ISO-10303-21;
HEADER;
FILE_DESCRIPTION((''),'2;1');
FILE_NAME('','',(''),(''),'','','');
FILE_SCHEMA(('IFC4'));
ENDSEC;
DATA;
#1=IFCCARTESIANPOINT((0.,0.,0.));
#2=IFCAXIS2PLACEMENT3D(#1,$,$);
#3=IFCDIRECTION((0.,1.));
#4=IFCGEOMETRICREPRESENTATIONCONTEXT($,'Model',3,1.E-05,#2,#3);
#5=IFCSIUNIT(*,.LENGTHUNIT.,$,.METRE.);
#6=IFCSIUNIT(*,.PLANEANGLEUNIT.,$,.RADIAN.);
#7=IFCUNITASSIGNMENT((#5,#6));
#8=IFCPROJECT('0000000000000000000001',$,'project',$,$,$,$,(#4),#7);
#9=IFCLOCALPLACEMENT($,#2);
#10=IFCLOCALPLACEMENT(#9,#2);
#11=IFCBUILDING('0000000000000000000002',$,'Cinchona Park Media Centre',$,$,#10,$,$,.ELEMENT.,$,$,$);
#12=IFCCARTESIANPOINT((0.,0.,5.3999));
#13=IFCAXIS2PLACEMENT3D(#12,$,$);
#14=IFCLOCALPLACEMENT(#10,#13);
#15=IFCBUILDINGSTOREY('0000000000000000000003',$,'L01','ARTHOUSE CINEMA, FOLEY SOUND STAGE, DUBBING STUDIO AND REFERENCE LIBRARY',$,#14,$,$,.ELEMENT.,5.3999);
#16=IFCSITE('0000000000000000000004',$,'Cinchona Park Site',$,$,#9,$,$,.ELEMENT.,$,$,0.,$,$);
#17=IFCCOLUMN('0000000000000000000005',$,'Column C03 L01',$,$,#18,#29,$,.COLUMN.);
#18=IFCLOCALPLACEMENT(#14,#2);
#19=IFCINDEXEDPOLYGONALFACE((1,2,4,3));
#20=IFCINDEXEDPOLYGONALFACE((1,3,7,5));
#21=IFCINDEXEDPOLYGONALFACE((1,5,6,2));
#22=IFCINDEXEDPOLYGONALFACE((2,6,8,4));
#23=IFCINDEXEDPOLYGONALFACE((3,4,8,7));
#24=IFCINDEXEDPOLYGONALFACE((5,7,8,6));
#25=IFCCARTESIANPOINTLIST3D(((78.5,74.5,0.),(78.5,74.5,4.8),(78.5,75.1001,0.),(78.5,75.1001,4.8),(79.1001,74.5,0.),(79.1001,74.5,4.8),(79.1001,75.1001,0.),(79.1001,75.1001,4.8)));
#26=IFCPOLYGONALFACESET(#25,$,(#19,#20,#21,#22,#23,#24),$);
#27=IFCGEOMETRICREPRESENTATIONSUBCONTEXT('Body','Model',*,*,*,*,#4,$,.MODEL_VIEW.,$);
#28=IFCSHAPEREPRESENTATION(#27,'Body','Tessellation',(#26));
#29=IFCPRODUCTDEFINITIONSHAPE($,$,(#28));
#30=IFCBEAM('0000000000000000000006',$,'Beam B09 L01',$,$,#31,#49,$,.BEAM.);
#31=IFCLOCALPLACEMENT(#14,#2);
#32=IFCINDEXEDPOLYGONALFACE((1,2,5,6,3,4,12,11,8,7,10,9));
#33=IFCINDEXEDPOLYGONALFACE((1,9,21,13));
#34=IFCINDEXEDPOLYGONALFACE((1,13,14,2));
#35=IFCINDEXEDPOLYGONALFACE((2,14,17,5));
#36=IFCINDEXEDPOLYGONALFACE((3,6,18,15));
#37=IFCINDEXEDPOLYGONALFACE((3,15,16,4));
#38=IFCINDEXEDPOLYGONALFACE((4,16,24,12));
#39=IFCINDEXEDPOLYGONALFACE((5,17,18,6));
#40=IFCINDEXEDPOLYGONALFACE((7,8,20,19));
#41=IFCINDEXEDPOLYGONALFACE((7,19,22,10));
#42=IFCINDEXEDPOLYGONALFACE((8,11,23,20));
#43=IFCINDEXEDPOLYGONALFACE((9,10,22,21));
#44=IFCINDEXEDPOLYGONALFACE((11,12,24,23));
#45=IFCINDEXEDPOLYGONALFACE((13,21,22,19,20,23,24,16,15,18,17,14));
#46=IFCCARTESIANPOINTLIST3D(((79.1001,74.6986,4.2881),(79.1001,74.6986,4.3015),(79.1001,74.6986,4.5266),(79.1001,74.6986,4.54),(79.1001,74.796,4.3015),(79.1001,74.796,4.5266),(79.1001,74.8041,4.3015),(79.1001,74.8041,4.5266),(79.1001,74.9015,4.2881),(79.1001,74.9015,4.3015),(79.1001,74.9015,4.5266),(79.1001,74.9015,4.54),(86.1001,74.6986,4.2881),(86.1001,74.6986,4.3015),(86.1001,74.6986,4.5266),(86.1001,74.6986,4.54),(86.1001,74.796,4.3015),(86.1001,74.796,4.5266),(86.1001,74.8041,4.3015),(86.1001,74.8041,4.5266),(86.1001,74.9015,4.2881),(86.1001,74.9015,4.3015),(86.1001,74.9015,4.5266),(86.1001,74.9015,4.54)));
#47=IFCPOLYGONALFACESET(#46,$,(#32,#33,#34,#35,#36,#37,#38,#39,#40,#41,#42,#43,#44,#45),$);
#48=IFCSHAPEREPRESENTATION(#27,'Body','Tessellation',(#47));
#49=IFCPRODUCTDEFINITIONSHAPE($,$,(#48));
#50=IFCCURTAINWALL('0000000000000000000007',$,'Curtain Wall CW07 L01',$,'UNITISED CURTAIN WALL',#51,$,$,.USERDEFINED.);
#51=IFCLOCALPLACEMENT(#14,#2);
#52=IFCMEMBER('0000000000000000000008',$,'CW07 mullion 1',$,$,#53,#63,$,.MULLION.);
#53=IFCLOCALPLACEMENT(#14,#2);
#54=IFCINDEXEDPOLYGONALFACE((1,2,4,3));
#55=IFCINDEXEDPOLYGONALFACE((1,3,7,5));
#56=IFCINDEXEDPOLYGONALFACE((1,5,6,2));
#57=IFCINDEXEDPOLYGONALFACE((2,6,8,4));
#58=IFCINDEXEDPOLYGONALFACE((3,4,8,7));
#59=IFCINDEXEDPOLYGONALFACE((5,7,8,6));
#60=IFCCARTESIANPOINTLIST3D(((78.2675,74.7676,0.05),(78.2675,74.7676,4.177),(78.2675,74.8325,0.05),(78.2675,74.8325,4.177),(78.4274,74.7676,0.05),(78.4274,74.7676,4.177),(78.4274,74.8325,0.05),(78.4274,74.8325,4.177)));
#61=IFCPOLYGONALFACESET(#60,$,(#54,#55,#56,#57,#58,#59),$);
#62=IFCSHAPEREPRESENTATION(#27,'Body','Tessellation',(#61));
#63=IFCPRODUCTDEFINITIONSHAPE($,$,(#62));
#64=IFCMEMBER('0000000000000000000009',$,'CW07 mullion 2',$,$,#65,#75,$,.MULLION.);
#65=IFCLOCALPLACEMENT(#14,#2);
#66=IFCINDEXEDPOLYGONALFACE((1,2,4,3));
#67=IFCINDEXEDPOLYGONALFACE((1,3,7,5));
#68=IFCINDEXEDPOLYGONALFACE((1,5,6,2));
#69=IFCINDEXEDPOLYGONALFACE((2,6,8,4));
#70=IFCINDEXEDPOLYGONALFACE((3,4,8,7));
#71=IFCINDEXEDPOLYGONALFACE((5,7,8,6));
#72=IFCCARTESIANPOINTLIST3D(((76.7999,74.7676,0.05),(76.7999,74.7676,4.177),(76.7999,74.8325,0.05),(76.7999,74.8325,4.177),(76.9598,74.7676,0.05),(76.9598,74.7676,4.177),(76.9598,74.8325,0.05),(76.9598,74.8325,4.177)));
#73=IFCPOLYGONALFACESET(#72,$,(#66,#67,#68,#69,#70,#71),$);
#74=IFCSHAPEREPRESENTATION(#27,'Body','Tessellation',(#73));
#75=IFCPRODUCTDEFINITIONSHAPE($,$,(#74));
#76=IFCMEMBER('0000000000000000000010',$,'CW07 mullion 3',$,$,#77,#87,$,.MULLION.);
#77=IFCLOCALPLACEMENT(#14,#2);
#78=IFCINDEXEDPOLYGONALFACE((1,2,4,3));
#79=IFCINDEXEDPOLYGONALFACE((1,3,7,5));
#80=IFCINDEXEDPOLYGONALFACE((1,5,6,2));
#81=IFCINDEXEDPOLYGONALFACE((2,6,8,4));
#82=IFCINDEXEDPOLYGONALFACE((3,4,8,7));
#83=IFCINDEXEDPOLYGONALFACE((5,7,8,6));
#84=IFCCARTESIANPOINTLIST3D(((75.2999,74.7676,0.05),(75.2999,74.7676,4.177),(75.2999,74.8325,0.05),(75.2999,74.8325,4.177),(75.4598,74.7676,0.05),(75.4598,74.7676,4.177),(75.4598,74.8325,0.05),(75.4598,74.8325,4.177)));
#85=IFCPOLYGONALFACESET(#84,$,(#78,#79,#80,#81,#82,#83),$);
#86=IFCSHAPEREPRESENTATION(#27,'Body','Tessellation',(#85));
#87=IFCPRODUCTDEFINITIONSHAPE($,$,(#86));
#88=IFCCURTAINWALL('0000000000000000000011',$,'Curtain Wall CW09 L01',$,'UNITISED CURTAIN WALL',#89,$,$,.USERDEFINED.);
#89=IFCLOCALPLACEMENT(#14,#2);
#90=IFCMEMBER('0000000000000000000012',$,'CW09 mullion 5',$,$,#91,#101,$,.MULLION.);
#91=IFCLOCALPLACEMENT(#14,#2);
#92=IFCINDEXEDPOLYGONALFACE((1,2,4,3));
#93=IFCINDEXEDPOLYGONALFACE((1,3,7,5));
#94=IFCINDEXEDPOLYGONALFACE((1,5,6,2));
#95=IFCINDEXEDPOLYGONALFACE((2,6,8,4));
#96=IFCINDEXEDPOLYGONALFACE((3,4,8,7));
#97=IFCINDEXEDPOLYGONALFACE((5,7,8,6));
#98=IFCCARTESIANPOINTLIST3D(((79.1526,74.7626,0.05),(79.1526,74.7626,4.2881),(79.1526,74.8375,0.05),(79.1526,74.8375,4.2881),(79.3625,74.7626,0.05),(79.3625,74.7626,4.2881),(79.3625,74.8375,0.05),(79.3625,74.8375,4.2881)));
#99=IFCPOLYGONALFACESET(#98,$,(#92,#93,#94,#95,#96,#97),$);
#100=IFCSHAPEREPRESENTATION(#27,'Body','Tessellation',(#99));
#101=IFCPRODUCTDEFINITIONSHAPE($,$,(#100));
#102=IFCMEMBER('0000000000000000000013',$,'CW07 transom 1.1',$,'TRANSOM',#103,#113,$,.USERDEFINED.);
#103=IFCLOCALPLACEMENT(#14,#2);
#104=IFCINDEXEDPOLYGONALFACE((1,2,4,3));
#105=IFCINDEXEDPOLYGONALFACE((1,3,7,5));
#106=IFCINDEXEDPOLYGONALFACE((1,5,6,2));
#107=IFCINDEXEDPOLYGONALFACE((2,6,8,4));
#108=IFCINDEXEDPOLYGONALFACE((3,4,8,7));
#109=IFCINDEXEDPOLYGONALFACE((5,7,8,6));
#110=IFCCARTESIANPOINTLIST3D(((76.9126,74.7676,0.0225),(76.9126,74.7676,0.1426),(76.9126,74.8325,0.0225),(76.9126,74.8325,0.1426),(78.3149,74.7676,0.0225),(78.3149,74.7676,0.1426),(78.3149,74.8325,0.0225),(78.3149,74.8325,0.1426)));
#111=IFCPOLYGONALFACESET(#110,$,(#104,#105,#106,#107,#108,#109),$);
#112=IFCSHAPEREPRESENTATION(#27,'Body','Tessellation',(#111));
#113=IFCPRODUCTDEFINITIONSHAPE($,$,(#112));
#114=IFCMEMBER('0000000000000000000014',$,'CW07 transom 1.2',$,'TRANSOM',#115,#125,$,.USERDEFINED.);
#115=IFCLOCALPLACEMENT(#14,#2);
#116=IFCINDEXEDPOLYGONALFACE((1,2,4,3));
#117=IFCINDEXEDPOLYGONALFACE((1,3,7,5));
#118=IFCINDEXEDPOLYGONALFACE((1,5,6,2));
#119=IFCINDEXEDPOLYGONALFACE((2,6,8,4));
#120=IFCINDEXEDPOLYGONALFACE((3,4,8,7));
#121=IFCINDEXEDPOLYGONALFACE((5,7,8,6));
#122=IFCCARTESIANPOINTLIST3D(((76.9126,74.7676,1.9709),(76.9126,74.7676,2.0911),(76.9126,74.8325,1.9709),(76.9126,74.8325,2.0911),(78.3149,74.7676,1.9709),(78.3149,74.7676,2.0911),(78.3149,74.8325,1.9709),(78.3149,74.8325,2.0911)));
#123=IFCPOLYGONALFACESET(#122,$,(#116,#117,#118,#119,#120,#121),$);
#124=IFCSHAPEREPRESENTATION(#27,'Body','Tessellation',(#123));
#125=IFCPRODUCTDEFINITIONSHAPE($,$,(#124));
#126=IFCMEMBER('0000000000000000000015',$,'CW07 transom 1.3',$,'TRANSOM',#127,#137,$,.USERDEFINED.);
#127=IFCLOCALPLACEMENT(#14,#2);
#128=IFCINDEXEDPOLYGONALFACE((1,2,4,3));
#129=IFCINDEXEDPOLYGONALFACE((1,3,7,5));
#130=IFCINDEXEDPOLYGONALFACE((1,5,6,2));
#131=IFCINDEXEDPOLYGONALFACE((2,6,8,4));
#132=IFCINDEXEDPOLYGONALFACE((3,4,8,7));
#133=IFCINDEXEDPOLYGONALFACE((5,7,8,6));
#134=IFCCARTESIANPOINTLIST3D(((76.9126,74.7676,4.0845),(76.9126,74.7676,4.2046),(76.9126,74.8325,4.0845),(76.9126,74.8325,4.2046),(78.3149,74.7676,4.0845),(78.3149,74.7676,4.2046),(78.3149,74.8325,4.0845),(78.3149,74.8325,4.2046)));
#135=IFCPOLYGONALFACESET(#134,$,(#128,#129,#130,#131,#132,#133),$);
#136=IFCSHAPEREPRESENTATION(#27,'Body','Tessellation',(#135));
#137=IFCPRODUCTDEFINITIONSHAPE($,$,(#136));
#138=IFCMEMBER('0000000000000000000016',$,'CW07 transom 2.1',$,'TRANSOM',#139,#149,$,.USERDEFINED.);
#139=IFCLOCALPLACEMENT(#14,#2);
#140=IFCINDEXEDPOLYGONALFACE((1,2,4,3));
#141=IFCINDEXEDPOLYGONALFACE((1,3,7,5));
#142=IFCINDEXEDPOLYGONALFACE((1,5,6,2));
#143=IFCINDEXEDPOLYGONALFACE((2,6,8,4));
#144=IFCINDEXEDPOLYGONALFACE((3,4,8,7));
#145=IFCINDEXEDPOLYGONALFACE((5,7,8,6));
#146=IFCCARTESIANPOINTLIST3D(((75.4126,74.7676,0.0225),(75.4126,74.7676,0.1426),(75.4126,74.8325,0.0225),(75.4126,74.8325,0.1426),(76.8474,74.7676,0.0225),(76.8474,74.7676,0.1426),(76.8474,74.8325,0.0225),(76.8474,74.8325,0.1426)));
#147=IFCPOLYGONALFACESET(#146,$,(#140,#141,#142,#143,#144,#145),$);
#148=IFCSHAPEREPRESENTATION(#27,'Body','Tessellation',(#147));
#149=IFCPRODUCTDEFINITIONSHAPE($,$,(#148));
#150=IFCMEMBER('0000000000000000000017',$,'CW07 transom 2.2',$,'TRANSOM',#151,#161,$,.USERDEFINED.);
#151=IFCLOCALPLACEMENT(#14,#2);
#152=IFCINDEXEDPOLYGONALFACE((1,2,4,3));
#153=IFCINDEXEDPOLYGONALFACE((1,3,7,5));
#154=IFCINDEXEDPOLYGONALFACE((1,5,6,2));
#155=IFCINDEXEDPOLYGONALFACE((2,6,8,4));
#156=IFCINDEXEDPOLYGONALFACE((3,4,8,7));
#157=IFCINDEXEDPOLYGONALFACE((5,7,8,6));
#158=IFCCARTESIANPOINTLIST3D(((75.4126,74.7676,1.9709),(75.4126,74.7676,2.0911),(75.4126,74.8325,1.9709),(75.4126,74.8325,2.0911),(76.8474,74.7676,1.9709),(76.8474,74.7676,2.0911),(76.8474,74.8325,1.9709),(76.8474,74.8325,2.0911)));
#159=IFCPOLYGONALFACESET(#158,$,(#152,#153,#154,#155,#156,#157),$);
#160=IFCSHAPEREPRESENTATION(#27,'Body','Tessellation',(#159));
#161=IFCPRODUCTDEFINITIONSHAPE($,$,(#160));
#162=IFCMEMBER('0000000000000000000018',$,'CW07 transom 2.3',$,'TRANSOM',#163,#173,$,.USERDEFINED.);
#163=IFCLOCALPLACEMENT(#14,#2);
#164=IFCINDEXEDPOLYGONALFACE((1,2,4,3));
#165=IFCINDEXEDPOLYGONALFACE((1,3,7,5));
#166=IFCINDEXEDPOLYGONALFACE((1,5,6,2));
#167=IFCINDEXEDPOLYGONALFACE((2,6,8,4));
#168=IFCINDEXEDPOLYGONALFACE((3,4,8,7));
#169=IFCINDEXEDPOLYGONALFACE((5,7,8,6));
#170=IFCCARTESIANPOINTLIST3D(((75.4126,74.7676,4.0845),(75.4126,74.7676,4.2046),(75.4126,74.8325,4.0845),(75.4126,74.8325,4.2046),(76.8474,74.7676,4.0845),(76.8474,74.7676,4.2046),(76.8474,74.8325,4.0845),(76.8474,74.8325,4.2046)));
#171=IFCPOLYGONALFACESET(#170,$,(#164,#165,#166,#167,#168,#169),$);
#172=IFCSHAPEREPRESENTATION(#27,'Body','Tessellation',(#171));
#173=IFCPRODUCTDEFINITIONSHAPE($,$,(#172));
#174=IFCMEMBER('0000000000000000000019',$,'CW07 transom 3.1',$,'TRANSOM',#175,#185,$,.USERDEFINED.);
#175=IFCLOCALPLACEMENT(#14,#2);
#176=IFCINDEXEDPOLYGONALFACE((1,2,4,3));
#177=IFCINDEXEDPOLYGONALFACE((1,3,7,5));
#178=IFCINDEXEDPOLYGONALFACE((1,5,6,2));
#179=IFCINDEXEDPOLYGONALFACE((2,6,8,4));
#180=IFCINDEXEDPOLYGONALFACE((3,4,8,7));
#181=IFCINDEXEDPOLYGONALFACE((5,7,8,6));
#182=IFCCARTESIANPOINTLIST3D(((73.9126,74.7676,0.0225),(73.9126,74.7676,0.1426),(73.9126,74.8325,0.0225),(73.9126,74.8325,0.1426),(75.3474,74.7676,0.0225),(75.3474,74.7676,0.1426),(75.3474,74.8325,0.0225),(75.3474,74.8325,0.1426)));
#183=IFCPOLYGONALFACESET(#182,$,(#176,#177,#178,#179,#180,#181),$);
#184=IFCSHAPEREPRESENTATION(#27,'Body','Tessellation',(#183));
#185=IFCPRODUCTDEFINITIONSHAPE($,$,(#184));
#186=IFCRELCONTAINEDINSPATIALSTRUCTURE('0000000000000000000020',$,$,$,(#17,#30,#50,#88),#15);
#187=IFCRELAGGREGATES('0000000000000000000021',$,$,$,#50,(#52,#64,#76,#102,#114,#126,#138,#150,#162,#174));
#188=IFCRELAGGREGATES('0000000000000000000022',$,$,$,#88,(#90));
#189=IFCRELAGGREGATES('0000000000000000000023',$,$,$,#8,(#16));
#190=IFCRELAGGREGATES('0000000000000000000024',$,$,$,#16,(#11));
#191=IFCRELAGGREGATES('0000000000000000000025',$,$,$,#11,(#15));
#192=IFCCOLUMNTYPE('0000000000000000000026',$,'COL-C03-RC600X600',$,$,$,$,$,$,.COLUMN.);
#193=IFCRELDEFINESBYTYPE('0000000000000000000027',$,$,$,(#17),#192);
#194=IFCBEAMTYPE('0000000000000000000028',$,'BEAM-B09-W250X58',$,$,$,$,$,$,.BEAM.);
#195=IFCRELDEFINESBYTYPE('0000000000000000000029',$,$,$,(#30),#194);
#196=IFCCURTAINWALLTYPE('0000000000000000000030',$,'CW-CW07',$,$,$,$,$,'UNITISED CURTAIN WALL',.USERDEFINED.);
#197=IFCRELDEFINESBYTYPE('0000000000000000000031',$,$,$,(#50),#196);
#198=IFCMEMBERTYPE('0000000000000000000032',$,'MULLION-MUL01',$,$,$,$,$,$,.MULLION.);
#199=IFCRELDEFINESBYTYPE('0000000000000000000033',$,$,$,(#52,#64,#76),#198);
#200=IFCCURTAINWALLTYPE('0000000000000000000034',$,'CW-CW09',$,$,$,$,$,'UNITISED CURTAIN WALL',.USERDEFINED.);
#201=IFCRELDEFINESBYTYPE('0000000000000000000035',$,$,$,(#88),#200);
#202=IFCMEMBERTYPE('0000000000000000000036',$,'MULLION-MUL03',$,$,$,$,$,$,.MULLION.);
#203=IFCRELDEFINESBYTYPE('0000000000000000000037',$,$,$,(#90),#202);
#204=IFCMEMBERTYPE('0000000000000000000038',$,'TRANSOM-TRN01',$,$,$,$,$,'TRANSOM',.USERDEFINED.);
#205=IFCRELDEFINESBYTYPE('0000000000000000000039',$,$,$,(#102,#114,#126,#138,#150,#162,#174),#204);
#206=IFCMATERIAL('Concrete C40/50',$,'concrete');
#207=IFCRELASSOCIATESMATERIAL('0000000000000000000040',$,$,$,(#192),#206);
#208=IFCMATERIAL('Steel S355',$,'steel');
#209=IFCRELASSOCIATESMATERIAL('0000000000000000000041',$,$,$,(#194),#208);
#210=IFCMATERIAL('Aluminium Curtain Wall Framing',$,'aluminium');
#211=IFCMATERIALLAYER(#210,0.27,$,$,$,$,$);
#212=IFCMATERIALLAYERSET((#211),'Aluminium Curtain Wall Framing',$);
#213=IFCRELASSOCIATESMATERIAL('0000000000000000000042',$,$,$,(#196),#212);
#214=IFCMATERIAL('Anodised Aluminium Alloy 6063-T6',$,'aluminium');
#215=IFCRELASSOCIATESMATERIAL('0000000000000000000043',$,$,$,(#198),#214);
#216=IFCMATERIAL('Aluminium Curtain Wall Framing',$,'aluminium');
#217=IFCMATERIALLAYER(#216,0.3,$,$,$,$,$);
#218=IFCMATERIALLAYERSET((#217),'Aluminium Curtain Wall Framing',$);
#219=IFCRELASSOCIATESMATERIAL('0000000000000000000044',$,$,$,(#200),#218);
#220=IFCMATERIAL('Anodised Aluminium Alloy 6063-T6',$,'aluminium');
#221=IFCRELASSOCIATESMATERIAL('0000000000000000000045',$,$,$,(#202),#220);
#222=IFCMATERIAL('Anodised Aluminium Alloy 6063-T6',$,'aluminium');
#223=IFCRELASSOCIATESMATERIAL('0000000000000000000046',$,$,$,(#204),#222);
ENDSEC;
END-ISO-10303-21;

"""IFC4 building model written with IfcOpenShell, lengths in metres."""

from ifc_helpers import new_model, si_unit, direction, frame, origin, origin_2d, place, context, subcontext, project, spatial, rectangle, i_section, extrude, material, layer, layer_set, material_profile, profile_set, type_object, element, aggregate, save


model = new_model("IFC4")

# Units and contexts
model_context = context("Model", 3, precision=1e-05, world=origin(), true_north=direction((0.0, 1.0)))
body_context = subcontext(model_context, "Body", "Model", "MODEL_VIEW")
ifc_project = project(units=[si_unit("LENGTHUNIT", "METRE"), si_unit("PLANEANGLEUNIT", "RADIAN")], contexts=[model_context])

# Site, building, storey
site_placement = place(None, origin())
site = spatial("IfcSite", under=ifc_project, at=site_placement, Name="Cinchona Park Site", CompositionType="ELEMENT", RefElevation=0.0)
building_placement = place(site_placement, origin())
building = spatial("IfcBuilding", under=site, at=building_placement, Name="Cinchona Park Media Centre", CompositionType="ELEMENT")
storey_placement = place(building_placement, frame((0.0, 0.0, 5.3999)))
storey = spatial("IfcBuildingStorey", under=building, at=storey_placement, Name="L01", Description="ARTHOUSE CINEMA, FOLEY SOUND STAGE, DUBBING STUDIO AND REFERENCE LIBRARY", CompositionType="ELEMENT", Elevation=5.3999)

# Column
ifc_material_1 = material(Name="Concrete C40/50", Category="concrete")
ifc_material_profile_1 = material_profile(ifc_material_1, rectangle(XDim=0.6001, YDim=0.6001, at=origin_2d()), Name="RC 600X600")
ifc_profile_set_1 = profile_set([ifc_material_profile_1], Name="Concrete C40/50")
column_type = type_object("IfcColumnType", Name="COL-C03-RC600X600", PredefinedType="COLUMN", material=ifc_profile_set_1)
column_placement = place(storey_placement, frame((78.8, 74.8, 0.0), z_axis=(0.0, 0.0, 1.0), x_axis=(1.0, 0.0, 0.0)))
element("IfcColumn", 1, at=column_placement, inside=storey, type_object=column_type, Name="Column C03 L01", PredefinedType="COLUMN", context=body_context, shape_type="SweptSolid", body=[
    extrude(rectangle(XDim=0.6001, YDim=0.6001, at=origin_2d()), origin(), (0.0, 0.0, 1.0), 4.8),
])

# Beam
ifc_material_2 = material(Name="Steel S355", Category="steel")
ifc_material_profile_2 = material_profile(ifc_material_2, i_section(OverallWidth=0.2029, OverallDepth=0.252, WebThickness=0.0081, FlangeThickness=0.0134, at=origin_2d()), Name="W250X58")
ifc_profile_set_2 = profile_set([ifc_material_profile_2], Name="Steel S355")
beam_type = type_object("IfcBeamType", Name="BEAM-B09-W250X58", PredefinedType="BEAM", material=ifc_profile_set_2)
beam_placement = place(storey_placement, frame((79.1001, 74.8, 4.4141), z_axis=(1.0, 0.0, 0.0), x_axis=(0.0, 1.0, 0.0)))
element("IfcBeam", 2, at=beam_placement, inside=storey, type_object=beam_type, Name="Beam B09 L01", PredefinedType="BEAM", context=body_context, shape_type="SweptSolid", body=[
    extrude(i_section(OverallWidth=0.2029, OverallDepth=0.252, WebThickness=0.0081, FlangeThickness=0.0134, at=origin_2d()), origin(), (0.0, 0.0, 1.0), 7.0),
])

# Curtain wall, members
ifc_material_3 = material(Name="Aluminium Curtain Wall Framing", Category="aluminium")
ifc_layer_1 = layer(ifc_material_3, 0.27)
ifc_layer_set_1 = layer_set([ifc_layer_1], Name="Aluminium Curtain Wall Framing")
curtain_wall_type_1 = type_object("IfcCurtainWallType", Name="CW-CW07", ElementType="UNITISED CURTAIN WALL", PredefinedType="USERDEFINED", material=ifc_layer_set_1)
curtain_wall_1_placement = place(storey_placement, origin())
curtain_wall_1 = element("IfcCurtainWall", 3, at=curtain_wall_1_placement, inside=storey, type_object=curtain_wall_type_1, Name="Curtain Wall CW07 L01", ObjectType="UNITISED CURTAIN WALL", PredefinedType="USERDEFINED")
ifc_material_4 = material(Name="Anodised Aluminium Alloy 6063-T6", Category="aluminium")
ifc_material_profile_3 = material_profile(ifc_material_4, rectangle(XDim=0.0649, YDim=0.1599, at=origin_2d()), Name="MUL-65X160")
ifc_profile_set_3 = profile_set([ifc_material_profile_3], Name="Anodised Aluminium Alloy 6063-T6")
member_type_1 = type_object("IfcMemberType", Name="MULLION-MUL01", PredefinedType="MULLION", material=ifc_profile_set_3)
member_1_placement = place(storey_placement, frame((78.3474, 74.8, 0.05), z_axis=(0.0, 0.0, 1.0), x_axis=(0.0, -1.0, 0.0)))
member_1 = element("IfcMember", 4, at=member_1_placement, type_object=member_type_1, Name="CW07 mullion 1", PredefinedType="MULLION", context=body_context, shape_type="SweptSolid", body=[
    extrude(rectangle(XDim=0.0649, YDim=0.1599, at=origin_2d()), origin(), (0.0, 0.0, 1.0), 4.127),
])
member_2_placement = place(storey_placement, frame((76.8799, 74.8, 0.05), z_axis=(0.0, 0.0, 1.0), x_axis=(0.0, -1.0, 0.0)))
member_2 = element("IfcMember", 5, at=member_2_placement, type_object=member_type_1, Name="CW07 mullion 2", PredefinedType="MULLION", context=body_context, shape_type="SweptSolid", body=[
    extrude(rectangle(XDim=0.0649, YDim=0.1599, at=origin_2d()), origin(), (0.0, 0.0, 1.0), 4.127),
])
member_3_placement = place(storey_placement, frame((75.3799, 74.8, 0.05), z_axis=(0.0, 0.0, 1.0), x_axis=(0.0, -1.0, 0.0)))
member_3 = element("IfcMember", 6, at=member_3_placement, type_object=member_type_1, Name="CW07 mullion 3", PredefinedType="MULLION", context=body_context, shape_type="SweptSolid", body=[
    extrude(rectangle(XDim=0.0649, YDim=0.1599, at=origin_2d()), origin(), (0.0, 0.0, 1.0), 4.127),
])

# Curtain wall, member
ifc_material_5 = material(Name="Aluminium Curtain Wall Framing", Category="aluminium")
ifc_layer_2 = layer(ifc_material_5, 0.3)
ifc_layer_set_2 = layer_set([ifc_layer_2], Name="Aluminium Curtain Wall Framing")
curtain_wall_type_2 = type_object("IfcCurtainWallType", Name="CW-CW09", ElementType="UNITISED CURTAIN WALL", PredefinedType="USERDEFINED", material=ifc_layer_set_2)
curtain_wall_2_placement = place(storey_placement, origin())
curtain_wall_2 = element("IfcCurtainWall", 7, at=curtain_wall_2_placement, inside=storey, type_object=curtain_wall_type_2, Name="Curtain Wall CW09 L01", ObjectType="UNITISED CURTAIN WALL", PredefinedType="USERDEFINED")
ifc_material_6 = material(Name="Anodised Aluminium Alloy 6063-T6", Category="aluminium")
ifc_material_profile_4 = material_profile(ifc_material_6, rectangle(XDim=0.075, YDim=0.21, at=origin_2d()), Name="MUL-75X210")
ifc_profile_set_4 = profile_set([ifc_material_profile_4], Name="Anodised Aluminium Alloy 6063-T6")
member_type_2 = type_object("IfcMemberType", Name="MULLION-MUL03", PredefinedType="MULLION", material=ifc_profile_set_4)
member_4_placement = place(storey_placement, frame((79.2576, 74.8, 0.05), z_axis=(0.0, 0.0, 1.0), x_axis=(0.0, -1.0, 0.0)))
member_4 = element("IfcMember", 8, at=member_4_placement, type_object=member_type_2, Name="CW09 mullion 5", PredefinedType="MULLION", context=body_context, shape_type="SweptSolid", body=[
    extrude(rectangle(XDim=0.075, YDim=0.21, at=origin_2d()), origin(), (0.0, 0.0, 1.0), 4.238),
])

# Members
ifc_material_7 = material(Name="Anodised Aluminium Alloy 6063-T6", Category="aluminium")
ifc_material_profile_5 = material_profile(ifc_material_7, rectangle(XDim=0.0649, YDim=0.1201, at=origin_2d()), Name="TRN-65X120")
ifc_profile_set_5 = profile_set([ifc_material_profile_5], Name="Anodised Aluminium Alloy 6063-T6")
member_type_3 = type_object("IfcMemberType", Name="TRANSOM-TRN01", ElementType="TRANSOM", PredefinedType="USERDEFINED", material=ifc_profile_set_5)
member_5_placement = place(storey_placement, frame((78.3149, 74.8, 0.0825), z_axis=(-1.0, 0.0, 0.0), x_axis=(0.0, -1.0, 0.0)))
member_5 = element("IfcMember", 9, at=member_5_placement, type_object=member_type_3, Name="CW07 transom 1.1", ObjectType="TRANSOM", PredefinedType="USERDEFINED", context=body_context, shape_type="SweptSolid", body=[
    extrude(rectangle(XDim=0.0649, YDim=0.1201, at=origin_2d()), origin(), (0.0, 0.0, 1.0), 1.4023),
])
member_6_placement = place(storey_placement, frame((78.3149, 74.8, 2.031), z_axis=(-1.0, 0.0, 0.0), x_axis=(0.0, -1.0, 0.0)))
member_6 = element("IfcMember", 10, at=member_6_placement, type_object=member_type_3, Name="CW07 transom 1.2", ObjectType="TRANSOM", PredefinedType="USERDEFINED", context=body_context, shape_type="SweptSolid", body=[
    extrude(rectangle(XDim=0.0649, YDim=0.1201, at=origin_2d()), origin(), (0.0, 0.0, 1.0), 1.4023),
])
member_7_placement = place(storey_placement, frame((78.3149, 74.8, 4.1445), z_axis=(-1.0, 0.0, 0.0), x_axis=(0.0, -1.0, 0.0)))
member_7 = element("IfcMember", 11, at=member_7_placement, type_object=member_type_3, Name="CW07 transom 1.3", ObjectType="TRANSOM", PredefinedType="USERDEFINED", context=body_context, shape_type="SweptSolid", body=[
    extrude(rectangle(XDim=0.0649, YDim=0.1201, at=origin_2d()), origin(), (0.0, 0.0, 1.0), 1.4023),
])
member_8_placement = place(storey_placement, frame((76.8474, 74.8, 0.0825), z_axis=(-1.0, 0.0, 0.0), x_axis=(0.0, -1.0, 0.0)))
member_8 = element("IfcMember", 12, at=member_8_placement, type_object=member_type_3, Name="CW07 transom 2.1", ObjectType="TRANSOM", PredefinedType="USERDEFINED", context=body_context, shape_type="SweptSolid", body=[
    extrude(rectangle(XDim=0.0649, YDim=0.1201, at=origin_2d()), origin(), (0.0, 0.0, 1.0), 1.4348),
])
member_9_placement = place(storey_placement, frame((76.8474, 74.8, 2.031), z_axis=(-1.0, 0.0, 0.0), x_axis=(0.0, -1.0, 0.0)))
member_9 = element("IfcMember", 13, at=member_9_placement, type_object=member_type_3, Name="CW07 transom 2.2", ObjectType="TRANSOM", PredefinedType="USERDEFINED", context=body_context, shape_type="SweptSolid", body=[
    extrude(rectangle(XDim=0.0649, YDim=0.1201, at=origin_2d()), origin(), (0.0, 0.0, 1.0), 1.4348),
])
member_10_placement = place(storey_placement, frame((76.8474, 74.8, 4.1445), z_axis=(-1.0, 0.0, 0.0), x_axis=(0.0, -1.0, 0.0)))
member_10 = element("IfcMember", 14, at=member_10_placement, type_object=member_type_3, Name="CW07 transom 2.3", ObjectType="TRANSOM", PredefinedType="USERDEFINED", context=body_context, shape_type="SweptSolid", body=[
    extrude(rectangle(XDim=0.0649, YDim=0.1201, at=origin_2d()), origin(), (0.0, 0.0, 1.0), 1.4348),
])
member_11_placement = place(storey_placement, frame((75.3474, 74.8, 0.0825), z_axis=(-1.0, 0.0, 0.0), x_axis=(0.0, -1.0, 0.0)))
member_11 = element("IfcMember", 15, at=member_11_placement, type_object=member_type_3, Name="CW07 transom 3.1", ObjectType="TRANSOM", PredefinedType="USERDEFINED", context=body_context, shape_type="SweptSolid", body=[
    extrude(rectangle(XDim=0.0649, YDim=0.1201, at=origin_2d()), origin(), (0.0, 0.0, 1.0), 1.4348),
])

aggregate(curtain_wall_1, [member_1, member_2, member_3, member_5, member_6, member_7, member_8, member_9, member_10, member_11])
aggregate(curtain_wall_2, [member_4])

save(model, "model.ifc")
